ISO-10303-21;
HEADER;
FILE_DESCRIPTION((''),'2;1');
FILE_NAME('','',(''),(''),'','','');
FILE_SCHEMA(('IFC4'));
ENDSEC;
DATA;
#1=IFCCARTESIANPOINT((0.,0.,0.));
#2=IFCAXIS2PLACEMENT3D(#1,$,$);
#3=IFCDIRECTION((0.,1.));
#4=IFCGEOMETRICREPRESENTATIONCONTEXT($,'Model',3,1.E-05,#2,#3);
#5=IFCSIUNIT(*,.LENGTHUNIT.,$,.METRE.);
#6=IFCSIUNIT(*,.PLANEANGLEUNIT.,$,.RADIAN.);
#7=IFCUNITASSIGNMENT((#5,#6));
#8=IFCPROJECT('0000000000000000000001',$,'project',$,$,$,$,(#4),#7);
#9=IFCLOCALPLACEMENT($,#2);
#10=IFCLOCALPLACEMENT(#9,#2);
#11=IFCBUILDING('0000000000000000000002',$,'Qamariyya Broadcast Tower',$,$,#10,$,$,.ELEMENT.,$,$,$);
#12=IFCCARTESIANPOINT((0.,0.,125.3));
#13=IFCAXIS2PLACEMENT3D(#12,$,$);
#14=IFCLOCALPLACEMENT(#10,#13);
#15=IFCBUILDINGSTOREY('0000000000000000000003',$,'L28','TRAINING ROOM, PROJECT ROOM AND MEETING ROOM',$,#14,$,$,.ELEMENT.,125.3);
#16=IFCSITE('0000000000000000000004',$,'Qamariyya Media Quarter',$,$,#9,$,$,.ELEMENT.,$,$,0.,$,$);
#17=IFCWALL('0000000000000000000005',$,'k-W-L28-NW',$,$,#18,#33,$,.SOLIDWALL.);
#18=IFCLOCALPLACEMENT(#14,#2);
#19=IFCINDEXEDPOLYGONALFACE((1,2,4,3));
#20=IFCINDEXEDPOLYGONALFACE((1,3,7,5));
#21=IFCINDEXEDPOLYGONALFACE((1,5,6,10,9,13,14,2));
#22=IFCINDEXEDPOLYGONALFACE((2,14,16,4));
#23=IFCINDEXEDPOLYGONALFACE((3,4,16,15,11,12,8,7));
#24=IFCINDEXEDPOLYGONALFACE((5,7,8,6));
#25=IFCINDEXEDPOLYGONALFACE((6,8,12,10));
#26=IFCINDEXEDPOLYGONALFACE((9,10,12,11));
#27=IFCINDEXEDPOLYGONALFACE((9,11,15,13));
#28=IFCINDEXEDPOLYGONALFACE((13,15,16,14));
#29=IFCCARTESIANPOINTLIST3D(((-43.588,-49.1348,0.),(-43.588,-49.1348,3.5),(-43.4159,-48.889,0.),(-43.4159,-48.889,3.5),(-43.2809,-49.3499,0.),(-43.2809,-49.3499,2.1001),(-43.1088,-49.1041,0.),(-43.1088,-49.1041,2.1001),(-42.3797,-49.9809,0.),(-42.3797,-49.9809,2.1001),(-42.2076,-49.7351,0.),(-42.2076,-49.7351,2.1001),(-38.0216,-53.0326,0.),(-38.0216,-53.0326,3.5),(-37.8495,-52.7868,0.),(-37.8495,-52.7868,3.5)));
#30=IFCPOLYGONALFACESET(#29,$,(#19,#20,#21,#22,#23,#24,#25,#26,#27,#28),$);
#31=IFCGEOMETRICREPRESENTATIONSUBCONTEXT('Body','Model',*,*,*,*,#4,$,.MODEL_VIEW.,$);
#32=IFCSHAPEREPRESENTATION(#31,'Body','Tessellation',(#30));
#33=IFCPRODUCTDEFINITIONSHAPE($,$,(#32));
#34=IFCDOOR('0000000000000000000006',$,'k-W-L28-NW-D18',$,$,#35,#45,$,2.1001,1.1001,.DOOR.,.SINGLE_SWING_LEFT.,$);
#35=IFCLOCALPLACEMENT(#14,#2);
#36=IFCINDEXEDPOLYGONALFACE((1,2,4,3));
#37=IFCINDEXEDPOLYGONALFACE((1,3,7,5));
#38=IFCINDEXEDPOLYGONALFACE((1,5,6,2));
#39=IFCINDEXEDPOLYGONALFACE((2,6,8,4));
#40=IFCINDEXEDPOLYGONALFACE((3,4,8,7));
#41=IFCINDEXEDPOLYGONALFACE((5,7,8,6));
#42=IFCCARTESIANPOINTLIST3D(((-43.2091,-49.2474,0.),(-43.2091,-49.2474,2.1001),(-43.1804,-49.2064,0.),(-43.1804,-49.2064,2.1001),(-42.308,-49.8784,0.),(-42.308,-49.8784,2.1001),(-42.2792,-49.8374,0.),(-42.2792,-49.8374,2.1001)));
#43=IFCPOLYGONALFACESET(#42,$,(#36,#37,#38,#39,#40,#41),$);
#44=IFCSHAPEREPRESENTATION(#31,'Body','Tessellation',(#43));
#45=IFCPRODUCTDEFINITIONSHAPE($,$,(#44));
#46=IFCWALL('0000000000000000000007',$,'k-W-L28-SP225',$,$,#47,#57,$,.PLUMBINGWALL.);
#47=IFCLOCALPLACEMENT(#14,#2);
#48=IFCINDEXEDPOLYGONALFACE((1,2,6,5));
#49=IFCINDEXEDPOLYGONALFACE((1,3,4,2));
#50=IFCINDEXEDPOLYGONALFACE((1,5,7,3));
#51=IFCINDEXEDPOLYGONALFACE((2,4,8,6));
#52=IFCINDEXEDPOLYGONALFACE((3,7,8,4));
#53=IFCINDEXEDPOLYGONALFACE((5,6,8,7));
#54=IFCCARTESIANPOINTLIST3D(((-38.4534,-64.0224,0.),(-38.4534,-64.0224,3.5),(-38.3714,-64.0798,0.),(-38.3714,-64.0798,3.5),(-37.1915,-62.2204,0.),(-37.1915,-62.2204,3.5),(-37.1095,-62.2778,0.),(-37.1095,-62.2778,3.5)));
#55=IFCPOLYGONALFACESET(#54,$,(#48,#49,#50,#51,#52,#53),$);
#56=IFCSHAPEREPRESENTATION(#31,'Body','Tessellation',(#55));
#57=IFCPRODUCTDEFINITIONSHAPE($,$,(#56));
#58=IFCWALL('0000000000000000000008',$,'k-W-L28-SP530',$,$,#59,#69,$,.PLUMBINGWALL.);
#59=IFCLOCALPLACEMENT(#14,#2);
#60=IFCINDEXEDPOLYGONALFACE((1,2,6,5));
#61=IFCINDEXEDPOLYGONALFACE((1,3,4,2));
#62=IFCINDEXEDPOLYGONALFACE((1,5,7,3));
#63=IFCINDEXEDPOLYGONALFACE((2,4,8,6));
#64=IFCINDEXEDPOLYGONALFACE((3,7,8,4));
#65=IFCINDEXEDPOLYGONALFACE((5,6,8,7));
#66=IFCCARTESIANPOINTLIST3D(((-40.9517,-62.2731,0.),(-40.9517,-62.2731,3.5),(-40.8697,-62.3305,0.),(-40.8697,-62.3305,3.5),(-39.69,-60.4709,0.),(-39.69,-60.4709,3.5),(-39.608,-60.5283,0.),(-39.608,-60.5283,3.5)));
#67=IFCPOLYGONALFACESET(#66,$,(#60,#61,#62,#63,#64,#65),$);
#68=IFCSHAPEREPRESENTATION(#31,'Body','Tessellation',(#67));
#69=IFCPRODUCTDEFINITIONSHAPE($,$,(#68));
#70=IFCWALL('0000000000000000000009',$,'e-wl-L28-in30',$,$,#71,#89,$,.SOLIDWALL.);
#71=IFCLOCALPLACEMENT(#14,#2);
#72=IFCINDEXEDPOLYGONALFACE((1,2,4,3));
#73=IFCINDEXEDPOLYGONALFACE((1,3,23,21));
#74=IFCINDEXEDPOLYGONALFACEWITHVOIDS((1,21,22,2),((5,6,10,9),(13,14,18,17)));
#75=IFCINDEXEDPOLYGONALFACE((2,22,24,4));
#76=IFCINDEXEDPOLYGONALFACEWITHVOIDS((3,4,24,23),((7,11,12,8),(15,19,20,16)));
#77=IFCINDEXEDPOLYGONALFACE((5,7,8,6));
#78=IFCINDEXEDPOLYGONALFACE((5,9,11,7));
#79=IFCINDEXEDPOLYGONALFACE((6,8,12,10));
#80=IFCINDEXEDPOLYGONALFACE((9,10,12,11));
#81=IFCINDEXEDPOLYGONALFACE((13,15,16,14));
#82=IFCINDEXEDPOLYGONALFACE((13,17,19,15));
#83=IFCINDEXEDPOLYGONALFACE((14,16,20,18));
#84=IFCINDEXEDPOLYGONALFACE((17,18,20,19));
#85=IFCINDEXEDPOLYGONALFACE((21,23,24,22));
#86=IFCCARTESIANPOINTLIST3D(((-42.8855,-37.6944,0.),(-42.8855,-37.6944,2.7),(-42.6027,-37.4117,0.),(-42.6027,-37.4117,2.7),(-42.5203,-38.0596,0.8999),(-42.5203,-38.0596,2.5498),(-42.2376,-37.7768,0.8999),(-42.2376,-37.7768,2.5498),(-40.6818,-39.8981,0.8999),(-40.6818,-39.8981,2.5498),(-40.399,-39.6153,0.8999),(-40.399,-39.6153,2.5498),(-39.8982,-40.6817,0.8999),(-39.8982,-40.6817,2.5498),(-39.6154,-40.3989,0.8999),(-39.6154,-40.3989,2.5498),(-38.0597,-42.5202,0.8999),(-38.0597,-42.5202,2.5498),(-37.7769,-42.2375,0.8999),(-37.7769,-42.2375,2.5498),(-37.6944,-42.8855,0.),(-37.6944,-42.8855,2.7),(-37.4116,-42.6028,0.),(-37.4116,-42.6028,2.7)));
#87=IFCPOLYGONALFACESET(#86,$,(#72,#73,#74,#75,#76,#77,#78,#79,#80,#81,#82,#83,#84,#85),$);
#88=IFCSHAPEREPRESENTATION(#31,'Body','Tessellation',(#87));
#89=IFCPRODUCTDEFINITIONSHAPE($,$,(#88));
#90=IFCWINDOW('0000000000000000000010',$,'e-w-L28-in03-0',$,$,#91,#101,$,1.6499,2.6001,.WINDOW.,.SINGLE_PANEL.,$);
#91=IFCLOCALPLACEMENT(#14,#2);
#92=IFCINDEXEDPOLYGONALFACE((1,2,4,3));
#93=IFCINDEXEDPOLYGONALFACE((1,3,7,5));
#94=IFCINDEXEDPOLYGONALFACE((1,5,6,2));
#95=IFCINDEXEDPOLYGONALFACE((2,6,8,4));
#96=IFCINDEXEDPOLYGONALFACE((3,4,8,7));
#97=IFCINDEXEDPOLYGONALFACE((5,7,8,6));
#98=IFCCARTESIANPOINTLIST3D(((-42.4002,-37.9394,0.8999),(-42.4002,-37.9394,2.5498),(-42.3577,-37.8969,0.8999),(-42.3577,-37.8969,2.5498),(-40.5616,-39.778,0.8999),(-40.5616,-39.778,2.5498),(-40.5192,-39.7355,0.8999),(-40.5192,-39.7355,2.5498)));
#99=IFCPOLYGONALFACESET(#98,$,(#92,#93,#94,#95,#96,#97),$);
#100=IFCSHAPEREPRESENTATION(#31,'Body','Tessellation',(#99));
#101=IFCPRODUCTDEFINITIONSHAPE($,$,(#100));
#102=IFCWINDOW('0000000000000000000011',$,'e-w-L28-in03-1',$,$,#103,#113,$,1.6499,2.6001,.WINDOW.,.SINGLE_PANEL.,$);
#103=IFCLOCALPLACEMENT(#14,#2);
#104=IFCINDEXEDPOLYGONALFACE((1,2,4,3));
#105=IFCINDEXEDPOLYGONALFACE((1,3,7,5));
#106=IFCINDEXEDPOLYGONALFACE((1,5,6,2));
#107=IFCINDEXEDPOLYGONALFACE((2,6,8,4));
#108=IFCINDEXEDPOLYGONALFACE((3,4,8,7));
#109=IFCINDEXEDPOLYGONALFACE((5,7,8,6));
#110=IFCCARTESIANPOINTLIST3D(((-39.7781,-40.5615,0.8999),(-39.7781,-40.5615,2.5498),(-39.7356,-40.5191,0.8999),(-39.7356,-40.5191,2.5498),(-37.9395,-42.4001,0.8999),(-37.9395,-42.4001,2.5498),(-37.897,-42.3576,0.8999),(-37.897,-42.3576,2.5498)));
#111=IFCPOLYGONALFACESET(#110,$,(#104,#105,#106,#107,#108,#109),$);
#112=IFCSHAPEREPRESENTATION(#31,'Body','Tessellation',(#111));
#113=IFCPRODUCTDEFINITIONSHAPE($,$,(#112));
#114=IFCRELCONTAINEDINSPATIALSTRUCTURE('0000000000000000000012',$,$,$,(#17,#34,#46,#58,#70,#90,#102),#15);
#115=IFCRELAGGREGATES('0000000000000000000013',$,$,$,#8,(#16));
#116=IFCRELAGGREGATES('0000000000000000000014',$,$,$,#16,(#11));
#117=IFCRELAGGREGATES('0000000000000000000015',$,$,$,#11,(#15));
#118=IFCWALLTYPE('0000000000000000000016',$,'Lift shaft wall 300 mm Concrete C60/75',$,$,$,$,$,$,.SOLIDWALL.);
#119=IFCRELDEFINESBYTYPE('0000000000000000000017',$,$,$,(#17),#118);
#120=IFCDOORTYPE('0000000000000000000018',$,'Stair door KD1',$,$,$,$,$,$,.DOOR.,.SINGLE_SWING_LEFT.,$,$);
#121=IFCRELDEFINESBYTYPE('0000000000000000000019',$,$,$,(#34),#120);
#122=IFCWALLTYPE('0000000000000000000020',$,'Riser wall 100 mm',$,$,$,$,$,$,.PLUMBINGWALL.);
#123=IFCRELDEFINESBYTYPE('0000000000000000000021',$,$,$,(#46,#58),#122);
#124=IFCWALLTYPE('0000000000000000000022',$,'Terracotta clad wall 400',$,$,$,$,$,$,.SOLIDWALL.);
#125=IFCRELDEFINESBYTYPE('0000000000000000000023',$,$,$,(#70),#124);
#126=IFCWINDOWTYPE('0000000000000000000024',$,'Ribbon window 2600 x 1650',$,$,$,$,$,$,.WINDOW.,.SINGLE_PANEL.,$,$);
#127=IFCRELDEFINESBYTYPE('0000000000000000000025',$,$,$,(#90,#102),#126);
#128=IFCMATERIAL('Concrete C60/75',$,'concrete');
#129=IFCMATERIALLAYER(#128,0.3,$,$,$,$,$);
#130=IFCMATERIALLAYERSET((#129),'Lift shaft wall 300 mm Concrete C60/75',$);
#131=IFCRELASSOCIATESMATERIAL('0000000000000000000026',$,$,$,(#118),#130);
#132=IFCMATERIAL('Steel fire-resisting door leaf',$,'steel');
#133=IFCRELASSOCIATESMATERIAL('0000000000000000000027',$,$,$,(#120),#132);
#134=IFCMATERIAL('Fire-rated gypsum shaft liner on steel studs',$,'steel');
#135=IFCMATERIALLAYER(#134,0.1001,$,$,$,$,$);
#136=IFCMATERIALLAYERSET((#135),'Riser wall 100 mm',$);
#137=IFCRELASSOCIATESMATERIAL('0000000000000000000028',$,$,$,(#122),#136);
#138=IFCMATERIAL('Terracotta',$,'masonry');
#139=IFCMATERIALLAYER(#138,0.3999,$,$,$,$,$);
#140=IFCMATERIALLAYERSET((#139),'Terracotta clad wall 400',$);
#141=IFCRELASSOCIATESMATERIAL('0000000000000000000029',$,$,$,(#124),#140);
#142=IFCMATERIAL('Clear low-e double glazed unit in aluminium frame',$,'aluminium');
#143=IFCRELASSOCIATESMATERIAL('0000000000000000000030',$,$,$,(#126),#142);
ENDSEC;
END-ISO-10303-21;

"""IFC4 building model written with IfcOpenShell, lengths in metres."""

from ifc_helpers import new_model, si_unit, direction, frame, frame_2d, origin, place, context, subcontext, project, spatial, rectangle, extrude, material, layer, layer_set, type_object, element, fill, save


model = new_model("IFC4")

# Units and contexts
model_context = context("Model", 3, precision=1e-05, world=origin(), true_north=direction((0.0, 1.0)))
body_context = subcontext(model_context, "Body", "Model", "MODEL_VIEW")
ifc_project = project(units=[si_unit("LENGTHUNIT", "METRE"), si_unit("PLANEANGLEUNIT", "RADIAN")], contexts=[model_context])

# Site, building, storey
site_placement = place(None, origin())
site = spatial("IfcSite", under=ifc_project, at=site_placement, Name="Qamariyya Media Quarter", CompositionType="ELEMENT", RefElevation=0.0)
building_placement = place(site_placement, origin())
building = spatial("IfcBuilding", under=site, at=building_placement, Name="Qamariyya Broadcast Tower", CompositionType="ELEMENT")
storey_placement = place(building_placement, frame((0.0, 0.0, 125.3)))
storey = spatial("IfcBuildingStorey", under=building, at=storey_placement, Name="L28", Description="TRAINING ROOM, PROJECT ROOM AND MEETING ROOM", CompositionType="ELEMENT", Elevation=125.3)

# Shared definitions
ifc_material_1 = material(Name="Concrete C60/75", Category="concrete")

# Shared definitions
ifc_layer_1 = layer(ifc_material_1, 0.3)
ifc_layer_set_1 = layer_set([ifc_layer_1], Name="Lift shaft wall 300 mm Concrete C60/75")
wall_type_1 = type_object("IfcWallType", Name="Lift shaft wall 300 mm Concrete C60/75", PredefinedType="SOLIDWALL", material=ifc_layer_set_1)
ifc_material_2 = material(Name="Steel fire-resisting door leaf", Category="steel")

# Wall, opening, door
wall_1_placement = place(storey_placement, frame((-37.9355, -52.9097, 0.0), z_axis=(0.0, 0.0, 1.0), x_axis=(-0.819148, 0.573583, 0.0)))
wall_1 = element("IfcWall", 1, at=wall_1_placement, inside=storey, type_object=wall_type_1, Name="k-W-L28-NW", PredefinedType="SOLIDWALL", context=body_context, shape_type="SweptSolid", body=[
    extrude(rectangle(XDim=6.7954, YDim=0.3, at=frame_2d((3.3977, 0.0))), origin(), (0.0, 0.0, 1.0), 3.5),
])
opening_1_placement = place(wall_1_placement, frame((5.3203, 0.0, 0.0)))
opening_1 = element("IfcOpeningElement", 2, at=opening_1_placement, cuts=wall_1, PredefinedType="OPENING", context=body_context, shape_type="SweptSolid", body=[
    extrude(rectangle(XDim=1.1001, YDim=2.1001, at=frame_2d((0.55, 1.05))), frame((0.0, 0.1599, 0.0), z_axis=(0.0, -1.0, 0.0), x_axis=(1.0, 0.0, 0.0)), (0.0, 0.0, 1.0), 0.3201),
])
door_type_1 = type_object("IfcDoorType", Name="Stair door KD1", OperationType="SINGLE_SWING_LEFT", PredefinedType="DOOR", material=ifc_material_2)
door_1_placement = place(opening_1_placement, origin())
door_1 = element("IfcDoor", 3, at=door_1_placement, inside=storey, type_object=door_type_1, Name="k-W-L28-NW-D18", OperationType="SINGLE_SWING_LEFT", OverallHeight=2.1001, OverallWidth=1.1001, PredefinedType="DOOR", context=body_context, shape_type="SweptSolid", body=[
    extrude(rectangle(XDim=1.1001, YDim=2.1001, at=frame_2d((0.55, 1.05))), frame((0.0, 0.0249, 0.0), z_axis=(0.0, -1.0, 0.0), x_axis=(1.0, 0.0, 0.0)), (0.0, 0.0, 1.0), 0.05),
])
fill(opening_1, door_1)

# Walls
ifc_material_3 = material(Name="Fire-rated gypsum shaft liner on steel studs", Category="steel")
ifc_layer_2 = layer(ifc_material_3, 0.1001)
ifc_layer_set_2 = layer_set([ifc_layer_2], Name="Riser wall 100 mm")
wall_type_2 = type_object("IfcWallType", Name="Riser wall 100 mm", PredefinedType="PLUMBINGWALL", material=ifc_layer_set_2)
for number, where, z_axis, x_axis, name in (
    (4, (-37.1504, -62.249, 0.0), (0.0, 0.0, 1.0), (-0.573634, -0.819112, 0.0), "k-W-L28-SP225"),
    (5, (-39.6489, -60.4995, 0.0), (0.0, 0.0, 1.0), (-0.573507, -0.819201, 0.0), "k-W-L28-SP530"),
):
    element("IfcWall", number, at=place(storey_placement, frame(where, z_axis=z_axis, x_axis=x_axis)), inside=storey, type_object=wall_type_2, Name=name, PredefinedType="PLUMBINGWALL", context=body_context, shape_type="SweptSolid", body=[
        extrude(rectangle(XDim=2.2, YDim=0.1001, at=frame_2d((1.1001, 0.0))), origin(), (0.0, 0.0, 1.0), 3.5),
    ])

# Wall, openings, windows
ifc_material_4 = material(Name="Terracotta", Category="masonry")
ifc_layer_3 = layer(ifc_material_4, 0.3999)
ifc_layer_set_3 = layer_set([ifc_layer_3], Name="Terracotta clad wall 400")
wall_type_3 = type_object("IfcWallType", Name="Terracotta clad wall 400", PredefinedType="SOLIDWALL", material=ifc_layer_set_3)
wall_2_placement = place(storey_placement, frame((-37.553, -42.7441, 0.0), z_axis=(0.0, 0.0, 1.0), x_axis=(-0.707107, 0.707107, 0.0)))
wall_2 = element("IfcWall", 6, at=wall_2_placement, inside=storey, type_object=wall_type_3, Name="e-wl-L28-in30", PredefinedType="SOLIDWALL", context=body_context, shape_type="SweptSolid", body=[
    extrude(rectangle(XDim=7.3413, YDim=0.3999, at=frame_2d((3.6707, 0.0))), origin(), (0.0, 0.0, 1.0), 2.7),
])
opening_2_placement = place(wall_2_placement, frame((4.2249, 0.0, 0.8999)))
opening_2 = element("IfcOpeningElement", 7, at=opening_2_placement, cuts=wall_2, PredefinedType="OPENING", context=body_context, shape_type="SweptSolid", body=[
    extrude(rectangle(XDim=2.6001, YDim=1.6499, at=frame_2d((1.3, 0.825))), frame((0.0, 0.21, 0.0), z_axis=(0.0, -1.0, 0.0), x_axis=(1.0, 0.0, 0.0)), (0.0, 0.0, 1.0), 0.4199),
])
opening_3_placement = place(wall_2_placement, frame((0.5166, 0.0, 0.8999)))
opening_3 = element("IfcOpeningElement", 8, at=opening_3_placement, cuts=wall_2, PredefinedType="OPENING", context=body_context, shape_type="SweptSolid", body=[
    extrude(rectangle(XDim=2.6001, YDim=1.6499, at=frame_2d((1.3, 0.825))), frame((0.0, 0.21, 0.0), z_axis=(0.0, -1.0, 0.0), x_axis=(1.0, 0.0, 0.0)), (0.0, 0.0, 1.0), 0.4199),
])
ifc_material_5 = material(Name="Clear low-e double glazed unit in aluminium frame", Category="aluminium")
window_type = type_object("IfcWindowType", Name="Ribbon window 2600 x 1650", PartitioningType="SINGLE_PANEL", PredefinedType="WINDOW", material=ifc_material_5)
window_1_placement = place(opening_2_placement, origin())
window_1 = element("IfcWindow", 9, at=window_1_placement, inside=storey, type_object=window_type, Name="e-w-L28-in03-0", OverallHeight=1.6499, OverallWidth=2.6001, PartitioningType="SINGLE_PANEL", PredefinedType="WINDOW", context=body_context, shape_type="SweptSolid", body=[
    extrude(rectangle(XDim=2.6001, YDim=1.6499, at=frame_2d((1.3, 0.825))), frame((0.0, 0.03, 0.0), z_axis=(0.0, -1.0, 0.0), x_axis=(1.0, 0.0, 0.0)), (0.0, 0.0, 1.0), 0.0601),
])
fill(opening_2, window_1)
window_2_placement = place(opening_3_placement, origin())
window_2 = element("IfcWindow", 10, at=window_2_placement, inside=storey, type_object=window_type, Name="e-w-L28-in03-1", OverallHeight=1.6499, OverallWidth=2.6001, PartitioningType="SINGLE_PANEL", PredefinedType="WINDOW", context=body_context, shape_type="SweptSolid", body=[
    extrude(rectangle(XDim=2.6001, YDim=1.6499, at=frame_2d((1.3, 0.825))), frame((0.0, 0.03, 0.0), z_axis=(0.0, -1.0, 0.0), x_axis=(1.0, 0.0, 0.0)), (0.0, 0.0, 1.0), 0.0601),
])
fill(opening_3, window_2)

save(model, "model.ifc")
